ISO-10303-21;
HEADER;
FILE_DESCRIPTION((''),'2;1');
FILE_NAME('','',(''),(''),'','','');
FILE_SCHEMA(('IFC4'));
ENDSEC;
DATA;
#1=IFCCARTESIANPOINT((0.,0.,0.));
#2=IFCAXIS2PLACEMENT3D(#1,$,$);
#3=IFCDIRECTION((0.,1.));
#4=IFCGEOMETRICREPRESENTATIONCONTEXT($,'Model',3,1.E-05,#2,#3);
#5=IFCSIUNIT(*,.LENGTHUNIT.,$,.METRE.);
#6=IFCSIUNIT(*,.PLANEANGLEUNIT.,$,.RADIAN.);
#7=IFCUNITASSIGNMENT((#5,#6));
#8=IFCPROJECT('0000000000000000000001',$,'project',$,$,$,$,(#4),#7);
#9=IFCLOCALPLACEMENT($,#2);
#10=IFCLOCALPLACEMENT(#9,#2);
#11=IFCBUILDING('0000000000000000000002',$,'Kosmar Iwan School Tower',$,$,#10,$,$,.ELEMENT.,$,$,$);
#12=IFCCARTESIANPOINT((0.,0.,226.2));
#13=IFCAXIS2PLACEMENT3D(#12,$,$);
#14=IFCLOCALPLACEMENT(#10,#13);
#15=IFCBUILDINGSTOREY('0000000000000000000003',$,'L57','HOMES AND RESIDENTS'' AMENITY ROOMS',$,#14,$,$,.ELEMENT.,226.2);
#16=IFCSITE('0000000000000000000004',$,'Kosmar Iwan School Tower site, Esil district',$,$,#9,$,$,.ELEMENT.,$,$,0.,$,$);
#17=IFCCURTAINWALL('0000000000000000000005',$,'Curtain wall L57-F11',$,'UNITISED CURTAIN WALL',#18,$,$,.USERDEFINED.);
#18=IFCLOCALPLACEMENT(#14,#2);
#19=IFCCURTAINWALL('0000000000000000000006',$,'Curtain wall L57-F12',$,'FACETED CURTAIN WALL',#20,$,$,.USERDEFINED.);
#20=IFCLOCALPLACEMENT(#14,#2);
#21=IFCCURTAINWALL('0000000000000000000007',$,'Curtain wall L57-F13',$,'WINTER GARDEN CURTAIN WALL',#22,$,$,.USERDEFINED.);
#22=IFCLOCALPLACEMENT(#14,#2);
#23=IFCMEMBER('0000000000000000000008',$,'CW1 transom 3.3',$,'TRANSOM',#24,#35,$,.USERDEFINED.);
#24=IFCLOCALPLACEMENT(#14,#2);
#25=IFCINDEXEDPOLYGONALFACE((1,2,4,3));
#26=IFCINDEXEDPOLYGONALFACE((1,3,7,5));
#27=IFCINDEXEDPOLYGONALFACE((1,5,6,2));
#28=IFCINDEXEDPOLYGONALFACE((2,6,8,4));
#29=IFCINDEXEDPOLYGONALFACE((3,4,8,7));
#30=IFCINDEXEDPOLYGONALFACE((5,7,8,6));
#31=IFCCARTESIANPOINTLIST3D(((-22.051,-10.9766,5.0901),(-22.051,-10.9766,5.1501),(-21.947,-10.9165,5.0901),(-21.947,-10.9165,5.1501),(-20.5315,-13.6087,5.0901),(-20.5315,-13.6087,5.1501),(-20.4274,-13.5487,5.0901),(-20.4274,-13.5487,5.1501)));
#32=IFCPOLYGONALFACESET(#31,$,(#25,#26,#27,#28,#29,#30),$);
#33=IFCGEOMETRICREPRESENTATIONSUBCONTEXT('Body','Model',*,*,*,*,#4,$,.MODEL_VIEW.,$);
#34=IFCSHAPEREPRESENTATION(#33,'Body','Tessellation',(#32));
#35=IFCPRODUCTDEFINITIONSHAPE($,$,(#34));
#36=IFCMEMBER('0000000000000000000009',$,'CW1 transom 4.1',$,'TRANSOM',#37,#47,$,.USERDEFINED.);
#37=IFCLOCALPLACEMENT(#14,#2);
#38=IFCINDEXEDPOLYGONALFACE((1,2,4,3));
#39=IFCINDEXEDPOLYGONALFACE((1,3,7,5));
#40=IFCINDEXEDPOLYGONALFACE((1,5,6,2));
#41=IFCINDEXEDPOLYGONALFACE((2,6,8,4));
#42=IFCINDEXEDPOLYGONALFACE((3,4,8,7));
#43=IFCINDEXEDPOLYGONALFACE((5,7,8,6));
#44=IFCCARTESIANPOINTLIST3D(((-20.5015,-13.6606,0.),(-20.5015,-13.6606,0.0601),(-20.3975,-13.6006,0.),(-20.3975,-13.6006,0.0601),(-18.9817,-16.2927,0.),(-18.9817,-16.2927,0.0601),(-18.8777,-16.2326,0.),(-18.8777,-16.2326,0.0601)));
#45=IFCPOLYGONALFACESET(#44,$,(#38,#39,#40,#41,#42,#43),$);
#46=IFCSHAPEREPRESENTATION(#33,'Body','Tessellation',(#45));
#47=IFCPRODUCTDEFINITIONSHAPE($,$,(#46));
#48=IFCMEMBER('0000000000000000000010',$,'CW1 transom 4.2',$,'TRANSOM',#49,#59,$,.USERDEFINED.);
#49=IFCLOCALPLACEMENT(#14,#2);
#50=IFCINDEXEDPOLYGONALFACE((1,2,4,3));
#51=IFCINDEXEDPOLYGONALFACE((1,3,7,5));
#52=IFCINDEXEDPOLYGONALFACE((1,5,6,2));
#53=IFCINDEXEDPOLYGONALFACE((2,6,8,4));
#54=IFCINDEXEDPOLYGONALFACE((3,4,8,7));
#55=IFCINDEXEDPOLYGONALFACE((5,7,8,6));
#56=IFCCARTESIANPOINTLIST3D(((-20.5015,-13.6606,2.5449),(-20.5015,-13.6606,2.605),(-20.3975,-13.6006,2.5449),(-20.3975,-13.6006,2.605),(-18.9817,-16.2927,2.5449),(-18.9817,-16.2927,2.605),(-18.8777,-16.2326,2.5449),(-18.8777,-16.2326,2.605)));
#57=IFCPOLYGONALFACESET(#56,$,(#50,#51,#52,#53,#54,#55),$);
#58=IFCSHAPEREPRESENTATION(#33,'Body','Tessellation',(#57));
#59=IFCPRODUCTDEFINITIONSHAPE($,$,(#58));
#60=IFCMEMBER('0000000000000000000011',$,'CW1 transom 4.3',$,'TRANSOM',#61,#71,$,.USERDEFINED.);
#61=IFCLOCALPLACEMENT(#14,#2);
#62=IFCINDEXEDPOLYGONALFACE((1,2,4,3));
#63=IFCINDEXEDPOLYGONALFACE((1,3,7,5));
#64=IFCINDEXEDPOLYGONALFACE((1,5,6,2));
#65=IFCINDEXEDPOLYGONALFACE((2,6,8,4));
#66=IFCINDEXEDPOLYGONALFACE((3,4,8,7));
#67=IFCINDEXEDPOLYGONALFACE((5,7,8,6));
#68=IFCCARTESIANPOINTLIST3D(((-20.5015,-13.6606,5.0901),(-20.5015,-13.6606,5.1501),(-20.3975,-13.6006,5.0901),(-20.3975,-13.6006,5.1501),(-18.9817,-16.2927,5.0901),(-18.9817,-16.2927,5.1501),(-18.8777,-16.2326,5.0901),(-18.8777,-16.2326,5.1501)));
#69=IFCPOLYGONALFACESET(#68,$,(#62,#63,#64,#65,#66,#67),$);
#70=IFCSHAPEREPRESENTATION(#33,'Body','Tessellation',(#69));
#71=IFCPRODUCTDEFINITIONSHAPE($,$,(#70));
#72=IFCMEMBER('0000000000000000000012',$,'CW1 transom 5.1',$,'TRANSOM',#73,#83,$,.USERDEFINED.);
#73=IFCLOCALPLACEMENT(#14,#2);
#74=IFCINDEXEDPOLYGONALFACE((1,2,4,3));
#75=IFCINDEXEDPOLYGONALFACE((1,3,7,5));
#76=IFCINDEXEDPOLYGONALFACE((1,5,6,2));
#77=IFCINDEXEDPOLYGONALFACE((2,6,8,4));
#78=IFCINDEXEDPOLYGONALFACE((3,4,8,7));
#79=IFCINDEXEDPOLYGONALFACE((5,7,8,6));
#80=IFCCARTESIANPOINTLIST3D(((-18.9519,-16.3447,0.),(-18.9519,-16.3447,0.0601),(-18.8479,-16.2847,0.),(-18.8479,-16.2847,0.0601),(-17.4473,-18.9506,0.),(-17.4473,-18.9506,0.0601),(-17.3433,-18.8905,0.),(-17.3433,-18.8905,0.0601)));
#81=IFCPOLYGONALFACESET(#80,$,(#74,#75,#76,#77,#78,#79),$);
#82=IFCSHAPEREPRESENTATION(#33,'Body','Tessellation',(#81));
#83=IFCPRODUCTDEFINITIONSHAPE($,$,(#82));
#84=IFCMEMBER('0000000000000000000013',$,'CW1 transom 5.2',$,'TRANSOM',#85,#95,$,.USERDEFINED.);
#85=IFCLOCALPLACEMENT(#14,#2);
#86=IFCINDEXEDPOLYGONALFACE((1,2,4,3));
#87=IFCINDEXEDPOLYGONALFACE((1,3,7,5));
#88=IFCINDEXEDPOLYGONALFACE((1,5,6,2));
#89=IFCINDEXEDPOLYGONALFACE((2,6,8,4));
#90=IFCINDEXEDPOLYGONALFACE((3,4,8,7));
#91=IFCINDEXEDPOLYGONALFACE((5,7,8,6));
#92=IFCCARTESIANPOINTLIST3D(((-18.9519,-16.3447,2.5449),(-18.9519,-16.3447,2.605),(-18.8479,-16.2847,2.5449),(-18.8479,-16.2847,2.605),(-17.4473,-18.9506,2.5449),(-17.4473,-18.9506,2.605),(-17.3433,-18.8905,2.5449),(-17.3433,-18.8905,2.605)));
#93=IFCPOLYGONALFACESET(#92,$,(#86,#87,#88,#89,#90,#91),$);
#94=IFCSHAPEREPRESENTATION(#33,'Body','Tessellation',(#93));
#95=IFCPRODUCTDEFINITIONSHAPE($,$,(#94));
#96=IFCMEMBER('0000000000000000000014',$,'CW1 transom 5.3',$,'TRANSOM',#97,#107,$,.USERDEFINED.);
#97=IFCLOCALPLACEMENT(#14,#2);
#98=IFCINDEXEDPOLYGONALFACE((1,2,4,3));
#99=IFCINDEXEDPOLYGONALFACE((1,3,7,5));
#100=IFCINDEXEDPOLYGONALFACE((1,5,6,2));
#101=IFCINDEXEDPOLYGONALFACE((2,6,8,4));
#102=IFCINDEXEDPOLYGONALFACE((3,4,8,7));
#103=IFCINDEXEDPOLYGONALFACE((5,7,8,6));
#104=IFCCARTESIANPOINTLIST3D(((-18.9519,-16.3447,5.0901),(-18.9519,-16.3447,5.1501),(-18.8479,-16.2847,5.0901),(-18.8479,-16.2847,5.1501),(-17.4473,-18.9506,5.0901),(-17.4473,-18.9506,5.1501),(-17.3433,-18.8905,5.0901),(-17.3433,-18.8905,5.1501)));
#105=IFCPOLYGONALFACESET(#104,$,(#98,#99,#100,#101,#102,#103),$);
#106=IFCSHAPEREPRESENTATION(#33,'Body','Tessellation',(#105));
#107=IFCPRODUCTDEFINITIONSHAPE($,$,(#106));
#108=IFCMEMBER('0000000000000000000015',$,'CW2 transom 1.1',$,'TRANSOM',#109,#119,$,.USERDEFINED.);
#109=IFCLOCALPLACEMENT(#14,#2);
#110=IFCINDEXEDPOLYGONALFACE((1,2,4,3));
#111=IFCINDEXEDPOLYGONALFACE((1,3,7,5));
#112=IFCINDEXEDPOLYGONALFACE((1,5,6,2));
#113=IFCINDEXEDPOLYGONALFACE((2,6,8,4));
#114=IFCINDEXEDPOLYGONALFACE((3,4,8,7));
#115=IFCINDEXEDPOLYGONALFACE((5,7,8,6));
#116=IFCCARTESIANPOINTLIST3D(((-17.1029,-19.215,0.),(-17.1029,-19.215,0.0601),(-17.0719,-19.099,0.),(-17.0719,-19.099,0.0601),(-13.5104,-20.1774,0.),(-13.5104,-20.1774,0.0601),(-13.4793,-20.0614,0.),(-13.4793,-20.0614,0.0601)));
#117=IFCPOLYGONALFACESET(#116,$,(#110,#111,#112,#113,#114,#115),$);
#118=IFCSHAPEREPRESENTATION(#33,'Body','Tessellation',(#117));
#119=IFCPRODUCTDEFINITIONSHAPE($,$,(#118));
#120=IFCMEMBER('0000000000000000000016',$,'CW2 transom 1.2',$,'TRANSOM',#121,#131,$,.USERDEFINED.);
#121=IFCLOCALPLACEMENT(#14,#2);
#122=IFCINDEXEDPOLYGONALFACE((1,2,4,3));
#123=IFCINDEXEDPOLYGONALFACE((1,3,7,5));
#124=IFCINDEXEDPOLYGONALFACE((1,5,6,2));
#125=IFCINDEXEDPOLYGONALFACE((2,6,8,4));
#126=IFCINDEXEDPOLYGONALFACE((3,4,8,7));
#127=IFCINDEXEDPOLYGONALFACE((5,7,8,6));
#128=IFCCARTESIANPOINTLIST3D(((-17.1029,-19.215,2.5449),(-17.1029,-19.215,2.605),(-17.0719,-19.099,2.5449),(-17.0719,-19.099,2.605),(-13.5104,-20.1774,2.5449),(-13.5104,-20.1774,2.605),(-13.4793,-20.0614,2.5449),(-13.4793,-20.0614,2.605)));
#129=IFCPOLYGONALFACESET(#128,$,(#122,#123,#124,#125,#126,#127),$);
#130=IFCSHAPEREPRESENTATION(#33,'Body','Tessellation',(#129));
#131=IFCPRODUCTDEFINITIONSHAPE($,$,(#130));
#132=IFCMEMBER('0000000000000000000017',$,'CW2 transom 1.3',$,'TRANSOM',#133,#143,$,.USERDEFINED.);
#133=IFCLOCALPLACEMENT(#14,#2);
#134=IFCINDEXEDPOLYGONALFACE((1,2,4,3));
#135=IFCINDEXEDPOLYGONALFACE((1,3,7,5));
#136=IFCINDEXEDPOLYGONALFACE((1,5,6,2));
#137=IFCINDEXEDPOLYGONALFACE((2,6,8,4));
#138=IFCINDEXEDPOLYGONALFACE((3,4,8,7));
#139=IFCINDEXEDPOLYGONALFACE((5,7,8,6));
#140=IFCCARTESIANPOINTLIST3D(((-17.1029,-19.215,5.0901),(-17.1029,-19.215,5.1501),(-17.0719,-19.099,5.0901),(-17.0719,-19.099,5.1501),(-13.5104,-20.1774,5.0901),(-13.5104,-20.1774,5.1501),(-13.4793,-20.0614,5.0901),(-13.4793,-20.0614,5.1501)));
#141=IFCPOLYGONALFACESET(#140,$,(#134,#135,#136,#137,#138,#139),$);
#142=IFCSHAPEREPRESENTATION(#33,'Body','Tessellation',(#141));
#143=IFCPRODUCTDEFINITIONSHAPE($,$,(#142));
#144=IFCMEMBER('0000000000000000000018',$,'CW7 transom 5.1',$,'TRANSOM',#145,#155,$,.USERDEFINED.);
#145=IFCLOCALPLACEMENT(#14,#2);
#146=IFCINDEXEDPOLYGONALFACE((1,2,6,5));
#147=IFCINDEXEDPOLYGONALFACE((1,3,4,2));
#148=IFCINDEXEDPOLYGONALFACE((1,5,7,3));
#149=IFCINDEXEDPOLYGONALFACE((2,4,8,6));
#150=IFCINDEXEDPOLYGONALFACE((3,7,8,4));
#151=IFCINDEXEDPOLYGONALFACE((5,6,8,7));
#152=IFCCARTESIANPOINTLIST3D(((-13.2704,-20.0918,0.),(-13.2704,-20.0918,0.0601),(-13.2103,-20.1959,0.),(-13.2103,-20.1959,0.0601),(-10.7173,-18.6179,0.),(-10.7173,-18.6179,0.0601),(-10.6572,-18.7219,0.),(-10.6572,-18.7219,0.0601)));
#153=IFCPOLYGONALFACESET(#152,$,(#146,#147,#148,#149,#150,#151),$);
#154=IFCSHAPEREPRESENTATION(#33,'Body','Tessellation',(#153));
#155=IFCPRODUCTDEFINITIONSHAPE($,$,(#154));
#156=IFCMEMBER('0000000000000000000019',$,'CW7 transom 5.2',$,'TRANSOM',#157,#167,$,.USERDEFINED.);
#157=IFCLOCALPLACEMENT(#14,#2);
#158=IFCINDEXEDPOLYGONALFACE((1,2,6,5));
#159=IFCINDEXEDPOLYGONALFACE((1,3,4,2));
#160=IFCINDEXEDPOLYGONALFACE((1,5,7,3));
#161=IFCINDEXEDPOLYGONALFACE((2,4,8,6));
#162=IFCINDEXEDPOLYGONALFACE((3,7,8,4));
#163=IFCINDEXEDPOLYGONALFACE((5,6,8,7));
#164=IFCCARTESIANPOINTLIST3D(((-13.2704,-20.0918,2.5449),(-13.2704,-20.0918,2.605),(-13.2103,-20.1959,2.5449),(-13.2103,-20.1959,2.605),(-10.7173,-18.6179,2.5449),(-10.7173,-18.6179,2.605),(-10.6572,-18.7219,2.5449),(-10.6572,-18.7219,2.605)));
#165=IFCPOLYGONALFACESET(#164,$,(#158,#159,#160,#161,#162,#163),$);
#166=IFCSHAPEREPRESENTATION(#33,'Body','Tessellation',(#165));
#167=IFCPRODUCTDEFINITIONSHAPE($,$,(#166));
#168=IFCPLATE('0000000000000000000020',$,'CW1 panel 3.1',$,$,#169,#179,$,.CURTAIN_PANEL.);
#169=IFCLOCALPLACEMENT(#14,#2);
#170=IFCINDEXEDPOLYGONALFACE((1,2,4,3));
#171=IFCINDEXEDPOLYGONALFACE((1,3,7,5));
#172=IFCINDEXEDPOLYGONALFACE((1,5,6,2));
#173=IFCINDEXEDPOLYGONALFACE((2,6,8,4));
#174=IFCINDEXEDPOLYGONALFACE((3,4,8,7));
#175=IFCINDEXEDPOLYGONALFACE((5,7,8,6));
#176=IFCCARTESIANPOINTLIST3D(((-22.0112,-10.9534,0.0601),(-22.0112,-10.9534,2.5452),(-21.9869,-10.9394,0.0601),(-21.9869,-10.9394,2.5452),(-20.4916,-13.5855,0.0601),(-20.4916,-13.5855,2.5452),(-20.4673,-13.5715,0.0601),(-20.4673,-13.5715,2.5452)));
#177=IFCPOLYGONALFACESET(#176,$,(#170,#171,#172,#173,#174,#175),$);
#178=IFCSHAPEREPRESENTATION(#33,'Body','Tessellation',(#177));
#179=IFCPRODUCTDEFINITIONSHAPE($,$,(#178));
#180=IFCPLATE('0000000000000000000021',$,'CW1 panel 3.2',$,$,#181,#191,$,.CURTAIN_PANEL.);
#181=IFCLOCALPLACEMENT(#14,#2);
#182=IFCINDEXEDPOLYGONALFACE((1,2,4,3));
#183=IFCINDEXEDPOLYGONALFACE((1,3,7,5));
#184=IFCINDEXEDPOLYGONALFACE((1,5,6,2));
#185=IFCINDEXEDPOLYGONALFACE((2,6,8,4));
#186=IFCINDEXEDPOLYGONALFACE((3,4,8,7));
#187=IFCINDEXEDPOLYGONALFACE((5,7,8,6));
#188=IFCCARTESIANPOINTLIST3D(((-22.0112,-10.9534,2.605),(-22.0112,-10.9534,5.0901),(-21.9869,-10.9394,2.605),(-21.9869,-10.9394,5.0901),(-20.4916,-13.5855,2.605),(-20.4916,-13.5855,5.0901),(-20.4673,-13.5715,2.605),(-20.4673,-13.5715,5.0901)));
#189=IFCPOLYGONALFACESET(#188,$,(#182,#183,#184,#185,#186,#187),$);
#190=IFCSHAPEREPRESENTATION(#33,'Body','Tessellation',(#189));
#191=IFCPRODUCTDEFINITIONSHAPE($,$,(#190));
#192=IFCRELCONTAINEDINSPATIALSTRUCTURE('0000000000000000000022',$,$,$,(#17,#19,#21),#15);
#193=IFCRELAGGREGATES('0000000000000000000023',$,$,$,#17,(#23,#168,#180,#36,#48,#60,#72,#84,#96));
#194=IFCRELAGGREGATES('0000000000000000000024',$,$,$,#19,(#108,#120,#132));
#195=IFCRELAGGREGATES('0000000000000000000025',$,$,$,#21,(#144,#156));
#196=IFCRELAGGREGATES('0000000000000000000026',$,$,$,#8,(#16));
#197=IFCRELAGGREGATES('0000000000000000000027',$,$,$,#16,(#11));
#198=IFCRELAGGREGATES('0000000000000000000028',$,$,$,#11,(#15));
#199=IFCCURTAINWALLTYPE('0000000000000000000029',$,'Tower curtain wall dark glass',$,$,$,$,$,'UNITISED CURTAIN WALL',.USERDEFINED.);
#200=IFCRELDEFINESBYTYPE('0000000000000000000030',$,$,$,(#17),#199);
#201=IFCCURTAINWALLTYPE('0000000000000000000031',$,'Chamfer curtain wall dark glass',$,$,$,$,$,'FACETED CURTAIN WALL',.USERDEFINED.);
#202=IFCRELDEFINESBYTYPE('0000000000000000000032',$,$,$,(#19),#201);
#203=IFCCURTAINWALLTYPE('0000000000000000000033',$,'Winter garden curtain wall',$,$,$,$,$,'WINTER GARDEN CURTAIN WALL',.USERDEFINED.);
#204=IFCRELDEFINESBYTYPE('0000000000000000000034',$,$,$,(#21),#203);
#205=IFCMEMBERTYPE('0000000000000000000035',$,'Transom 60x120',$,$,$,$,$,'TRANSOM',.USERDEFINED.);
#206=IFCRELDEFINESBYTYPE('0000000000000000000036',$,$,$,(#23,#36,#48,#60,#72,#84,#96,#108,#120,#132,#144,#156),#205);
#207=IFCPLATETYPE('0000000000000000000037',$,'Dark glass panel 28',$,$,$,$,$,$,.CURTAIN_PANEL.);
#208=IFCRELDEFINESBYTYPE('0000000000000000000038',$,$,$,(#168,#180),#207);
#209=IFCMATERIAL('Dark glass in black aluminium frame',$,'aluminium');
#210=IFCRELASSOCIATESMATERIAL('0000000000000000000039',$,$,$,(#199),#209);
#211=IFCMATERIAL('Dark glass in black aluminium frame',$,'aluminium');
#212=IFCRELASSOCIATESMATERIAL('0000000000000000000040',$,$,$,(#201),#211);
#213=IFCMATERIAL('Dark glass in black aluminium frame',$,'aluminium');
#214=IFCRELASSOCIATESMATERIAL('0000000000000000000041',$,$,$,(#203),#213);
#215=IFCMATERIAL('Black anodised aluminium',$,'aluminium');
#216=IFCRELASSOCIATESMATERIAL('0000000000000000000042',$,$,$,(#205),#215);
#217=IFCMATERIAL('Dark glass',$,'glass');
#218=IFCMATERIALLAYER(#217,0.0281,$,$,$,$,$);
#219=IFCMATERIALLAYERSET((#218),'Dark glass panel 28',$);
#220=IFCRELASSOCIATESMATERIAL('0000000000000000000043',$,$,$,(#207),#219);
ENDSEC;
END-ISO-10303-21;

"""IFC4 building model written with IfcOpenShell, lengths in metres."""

from ifc_helpers import new_model, si_unit, direction, frame, origin, origin_2d, place, context, subcontext, project, spatial, rectangle, extrude, material, layer, layer_set, material_profile, profile_set, type_object, element, aggregate, save


model = new_model("IFC4")

# Units and contexts
model_context = context("Model", 3, precision=1e-05, world=origin(), true_north=direction((0.0, 1.0)))
body_context = subcontext(model_context, "Body", "Model", "MODEL_VIEW")
ifc_project = project(units=[si_unit("LENGTHUNIT", "METRE"), si_unit("PLANEANGLEUNIT", "RADIAN")], contexts=[model_context])

# Site, building, storey
site_placement = place(None, origin())
site = spatial("IfcSite", under=ifc_project, at=site_placement, Name="Kosmar Iwan School Tower site, Esil district", CompositionType="ELEMENT", RefElevation=0.0)
building_placement = place(site_placement, origin())
building = spatial("IfcBuilding", under=site, at=building_placement, Name="Kosmar Iwan School Tower", CompositionType="ELEMENT")
storey_placement = place(building_placement, frame((0.0, 0.0, 226.2)))
storey = spatial("IfcBuildingStorey", under=building, at=storey_placement, Name="L57", Description="HOMES AND RESIDENTS' AMENITY ROOMS", CompositionType="ELEMENT", Elevation=226.2)

# Curtain walls
ifc_material_1 = material(Name="Dark glass in black aluminium frame", Category="aluminium")
curtain_wall_type_1 = type_object("IfcCurtainWallType", Name="Tower curtain wall dark glass", ElementType="UNITISED CURTAIN WALL", PredefinedType="USERDEFINED", material=ifc_material_1)
curtain_wall_1_placement = place(storey_placement, origin())
curtain_wall_1 = element("IfcCurtainWall", 1, at=curtain_wall_1_placement, inside=storey, type_object=curtain_wall_type_1, Name="Curtain wall L57-F11", ObjectType="UNITISED CURTAIN WALL", PredefinedType="USERDEFINED")
ifc_material_2 = material(Name="Dark glass in black aluminium frame", Category="aluminium")
curtain_wall_type_2 = type_object("IfcCurtainWallType", Name="Chamfer curtain wall dark glass", ElementType="FACETED CURTAIN WALL", PredefinedType="USERDEFINED", material=ifc_material_2)
curtain_wall_2_placement = place(storey_placement, origin())
curtain_wall_2 = element("IfcCurtainWall", 2, at=curtain_wall_2_placement, inside=storey, type_object=curtain_wall_type_2, Name="Curtain wall L57-F12", ObjectType="FACETED CURTAIN WALL", PredefinedType="USERDEFINED")

# Curtain wall
ifc_material_3 = material(Name="Dark glass in black aluminium frame", Category="aluminium")
curtain_wall_type_3 = type_object("IfcCurtainWallType", Name="Winter garden curtain wall", ElementType="WINTER GARDEN CURTAIN WALL", PredefinedType="USERDEFINED", material=ifc_material_3)
curtain_wall_3_placement = place(storey_placement, origin())
curtain_wall_3 = element("IfcCurtainWall", 3, at=curtain_wall_3_placement, inside=storey, type_object=curtain_wall_type_3, Name="Curtain wall L57-F13", ObjectType="WINTER GARDEN CURTAIN WALL", PredefinedType="USERDEFINED")

# Members
ifc_material_4 = material(Name="Black anodised aluminium", Category="aluminium")
ifc_material_profile_1 = material_profile(ifc_material_4, rectangle(XDim=0.1201, YDim=0.0601, at=origin_2d()), Name="TRANSOM 60x120")
ifc_profile_set_1 = profile_set([ifc_material_profile_1], Name="Black anodised aluminium")
member_type_1 = type_object("IfcMemberType", Name="Transom 60x120", ElementType="TRANSOM", PredefinedType="USERDEFINED", material=ifc_profile_set_1)
member_1_placement = place(storey_placement, frame((-21.999, -10.9465, 5.1201), z_axis=(0.499975, -0.86604, 0.0), x_axis=(0.86604, 0.499975, 0.0)))
member_1 = element("IfcMember", 4, at=member_1_placement, type_object=member_type_1, Name="CW1 transom 3.3", ObjectType="TRANSOM", PredefinedType="USERDEFINED", context=body_context, shape_type="SweptSolid", body=[
    extrude(rectangle(XDim=0.1201, YDim=0.0601, at=origin_2d()), origin(), (0.0, 0.0, 1.0), 3.0393),
])
member_2_placement = place(storey_placement, frame((-20.4495, -13.6306, 0.03), z_axis=(0.500035, -0.866005, 0.0), x_axis=(0.866005, 0.500035, 0.0)))
member_2 = element("IfcMember", 5, at=member_2_placement, type_object=member_type_1, Name="CW1 transom 4.1", ObjectType="TRANSOM", PredefinedType="USERDEFINED", context=body_context, shape_type="SweptSolid", body=[
    extrude(rectangle(XDim=0.1201, YDim=0.0601, at=origin_2d()), origin(), (0.0, 0.0, 1.0), 3.0393),
])
member_3_placement = place(storey_placement, frame((-20.4495, -13.6306, 2.575), z_axis=(0.500035, -0.866005, 0.0), x_axis=(0.866005, 0.500035, 0.0)))
member_3 = element("IfcMember", 6, at=member_3_placement, type_object=member_type_1, Name="CW1 transom 4.2", ObjectType="TRANSOM", PredefinedType="USERDEFINED", context=body_context, shape_type="SweptSolid", body=[
    extrude(rectangle(XDim=0.1201, YDim=0.0601, at=origin_2d()), origin(), (0.0, 0.0, 1.0), 3.0393),
])
member_4_placement = place(storey_placement, frame((-20.4495, -13.6306, 5.1201), z_axis=(0.500035, -0.866005, 0.0), x_axis=(0.866005, 0.500035, 0.0)))
member_4 = element("IfcMember", 7, at=member_4_placement, type_object=member_type_1, Name="CW1 transom 4.3", ObjectType="TRANSOM", PredefinedType="USERDEFINED", context=body_context, shape_type="SweptSolid", body=[
    extrude(rectangle(XDim=0.1201, YDim=0.0601, at=origin_2d()), origin(), (0.0, 0.0, 1.0), 3.0393),
])
member_5_placement = place(storey_placement, frame((-18.8999, -16.3147, 0.03), z_axis=(0.500022, -0.866013, 0.0), x_axis=(0.866013, 0.500022, 0.0)))
member_5 = element("IfcMember", 8, at=member_5_placement, type_object=member_type_1, Name="CW1 transom 5.1", ObjectType="TRANSOM", PredefinedType="USERDEFINED", context=body_context, shape_type="SweptSolid", body=[
    extrude(rectangle(XDim=0.1201, YDim=0.0601, at=origin_2d()), origin(), (0.0, 0.0, 1.0), 3.009),
])
member_6_placement = place(storey_placement, frame((-18.8999, -16.3147, 2.575), z_axis=(0.500022, -0.866013, 0.0), x_axis=(0.866013, 0.500022, 0.0)))
member_6 = element("IfcMember", 9, at=member_6_placement, type_object=member_type_1, Name="CW1 transom 5.2", ObjectType="TRANSOM", PredefinedType="USERDEFINED", context=body_context, shape_type="SweptSolid", body=[
    extrude(rectangle(XDim=0.1201, YDim=0.0601, at=origin_2d()), origin(), (0.0, 0.0, 1.0), 3.009),
])
member_7_placement = place(storey_placement, frame((-18.8999, -16.3147, 5.1201), z_axis=(0.500022, -0.866013, 0.0), x_axis=(0.866013, 0.500022, 0.0)))
member_7 = element("IfcMember", 10, at=member_7_placement, type_object=member_type_1, Name="CW1 transom 5.3", ObjectType="TRANSOM", PredefinedType="USERDEFINED", context=body_context, shape_type="SweptSolid", body=[
    extrude(rectangle(XDim=0.1201, YDim=0.0601, at=origin_2d()), origin(), (0.0, 0.0, 1.0), 3.009),
])
member_8_placement = place(storey_placement, frame((-17.0874, -19.157, 0.03), z_axis=(0.96594, -0.258766, 0.0), x_axis=(0.258766, 0.96594, 0.0)))
member_8 = element("IfcMember", 11, at=member_8_placement, type_object=member_type_1, Name="CW2 transom 1.1", ObjectType="TRANSOM", PredefinedType="USERDEFINED", context=body_context, shape_type="SweptSolid", body=[
    extrude(rectangle(XDim=0.1201, YDim=0.0601, at=origin_2d()), origin(), (0.0, 0.0, 1.0), 3.7192),
])
member_9_placement = place(storey_placement, frame((-17.0874, -19.157, 2.575), z_axis=(0.96594, -0.258766, 0.0), x_axis=(0.258766, 0.96594, 0.0)))
member_9 = element("IfcMember", 12, at=member_9_placement, type_object=member_type_1, Name="CW2 transom 1.2", ObjectType="TRANSOM", PredefinedType="USERDEFINED", context=body_context, shape_type="SweptSolid", body=[
    extrude(rectangle(XDim=0.1201, YDim=0.0601, at=origin_2d()), origin(), (0.0, 0.0, 1.0), 3.7192),
])
member_10_placement = place(storey_placement, frame((-17.0874, -19.157, 5.1201), z_axis=(0.96594, -0.258766, 0.0), x_axis=(0.258766, 0.96594, 0.0)))
member_10 = element("IfcMember", 13, at=member_10_placement, type_object=member_type_1, Name="CW2 transom 1.3", ObjectType="TRANSOM", PredefinedType="USERDEFINED", context=body_context, shape_type="SweptSolid", body=[
    extrude(rectangle(XDim=0.1201, YDim=0.0601, at=origin_2d()), origin(), (0.0, 0.0, 1.0), 3.7192),
])
member_11_placement = place(storey_placement, frame((-10.6873, -18.6699, 0.03), z_axis=(-0.866038, -0.499978, 0.0), x_axis=(0.499978, -0.866038, 0.0)))
member_11 = element("IfcMember", 14, at=member_11_placement, type_object=member_type_1, Name="CW7 transom 5.1", ObjectType="TRANSOM", PredefinedType="USERDEFINED", context=body_context, shape_type="SweptSolid", body=[
    extrude(rectangle(XDim=0.1201, YDim=0.0601, at=origin_2d()), origin(), (0.0, 0.0, 1.0), 2.948),
])
member_12_placement = place(storey_placement, frame((-10.6873, -18.6699, 2.575), z_axis=(-0.866038, -0.499978, 0.0), x_axis=(0.499978, -0.866038, 0.0)))
member_12 = element("IfcMember", 15, at=member_12_placement, type_object=member_type_1, Name="CW7 transom 5.2", ObjectType="TRANSOM", PredefinedType="USERDEFINED", context=body_context, shape_type="SweptSolid", body=[
    extrude(rectangle(XDim=0.1201, YDim=0.0601, at=origin_2d()), origin(), (0.0, 0.0, 1.0), 2.948),
])

# Plates
ifc_material_5 = material(Name="Dark glass", Category="glass")
ifc_layer_1 = layer(ifc_material_5, 0.0281)
ifc_layer_set_1 = layer_set([ifc_layer_1], Name="Dark glass panel 28")
plate_type = type_object("IfcPlateType", Name="Dark glass panel 28", PredefinedType="CURTAIN_PANEL", material=ifc_layer_set_1)
plate_1_placement = place(storey_placement, frame((-21.2393, -12.2625, 0.0601), z_axis=(0.0, 0.0, 1.0), x_axis=(0.5, -0.866025, 0.0)))
plate_1 = element("IfcPlate", 16, at=plate_1_placement, type_object=plate_type, Name="CW1 panel 3.1", PredefinedType="CURTAIN_PANEL", context=body_context, shape_type="SweptSolid", body=[
    extrude(rectangle(XDim=3.0393, YDim=0.0281, at=origin_2d()), origin(), (0.0, 0.0, 1.0), 2.4851),
])
plate_2_placement = place(storey_placement, frame((-21.2393, -12.2625, 2.605), z_axis=(0.0, 0.0, 1.0), x_axis=(0.5, -0.866025, 0.0)))
plate_2 = element("IfcPlate", 17, at=plate_2_placement, type_object=plate_type, Name="CW1 panel 3.2", PredefinedType="CURTAIN_PANEL", context=body_context, shape_type="SweptSolid", body=[
    extrude(rectangle(XDim=3.0393, YDim=0.0281, at=origin_2d()), origin(), (0.0, 0.0, 1.0), 2.4851),
])
aggregate(curtain_wall_1, [member_1, plate_1, plate_2, member_2, member_3, member_4, member_5, member_6, member_7])
aggregate(curtain_wall_2, [member_8, member_9, member_10])
aggregate(curtain_wall_3, [member_11, member_12])

save(model, "model.ifc")
